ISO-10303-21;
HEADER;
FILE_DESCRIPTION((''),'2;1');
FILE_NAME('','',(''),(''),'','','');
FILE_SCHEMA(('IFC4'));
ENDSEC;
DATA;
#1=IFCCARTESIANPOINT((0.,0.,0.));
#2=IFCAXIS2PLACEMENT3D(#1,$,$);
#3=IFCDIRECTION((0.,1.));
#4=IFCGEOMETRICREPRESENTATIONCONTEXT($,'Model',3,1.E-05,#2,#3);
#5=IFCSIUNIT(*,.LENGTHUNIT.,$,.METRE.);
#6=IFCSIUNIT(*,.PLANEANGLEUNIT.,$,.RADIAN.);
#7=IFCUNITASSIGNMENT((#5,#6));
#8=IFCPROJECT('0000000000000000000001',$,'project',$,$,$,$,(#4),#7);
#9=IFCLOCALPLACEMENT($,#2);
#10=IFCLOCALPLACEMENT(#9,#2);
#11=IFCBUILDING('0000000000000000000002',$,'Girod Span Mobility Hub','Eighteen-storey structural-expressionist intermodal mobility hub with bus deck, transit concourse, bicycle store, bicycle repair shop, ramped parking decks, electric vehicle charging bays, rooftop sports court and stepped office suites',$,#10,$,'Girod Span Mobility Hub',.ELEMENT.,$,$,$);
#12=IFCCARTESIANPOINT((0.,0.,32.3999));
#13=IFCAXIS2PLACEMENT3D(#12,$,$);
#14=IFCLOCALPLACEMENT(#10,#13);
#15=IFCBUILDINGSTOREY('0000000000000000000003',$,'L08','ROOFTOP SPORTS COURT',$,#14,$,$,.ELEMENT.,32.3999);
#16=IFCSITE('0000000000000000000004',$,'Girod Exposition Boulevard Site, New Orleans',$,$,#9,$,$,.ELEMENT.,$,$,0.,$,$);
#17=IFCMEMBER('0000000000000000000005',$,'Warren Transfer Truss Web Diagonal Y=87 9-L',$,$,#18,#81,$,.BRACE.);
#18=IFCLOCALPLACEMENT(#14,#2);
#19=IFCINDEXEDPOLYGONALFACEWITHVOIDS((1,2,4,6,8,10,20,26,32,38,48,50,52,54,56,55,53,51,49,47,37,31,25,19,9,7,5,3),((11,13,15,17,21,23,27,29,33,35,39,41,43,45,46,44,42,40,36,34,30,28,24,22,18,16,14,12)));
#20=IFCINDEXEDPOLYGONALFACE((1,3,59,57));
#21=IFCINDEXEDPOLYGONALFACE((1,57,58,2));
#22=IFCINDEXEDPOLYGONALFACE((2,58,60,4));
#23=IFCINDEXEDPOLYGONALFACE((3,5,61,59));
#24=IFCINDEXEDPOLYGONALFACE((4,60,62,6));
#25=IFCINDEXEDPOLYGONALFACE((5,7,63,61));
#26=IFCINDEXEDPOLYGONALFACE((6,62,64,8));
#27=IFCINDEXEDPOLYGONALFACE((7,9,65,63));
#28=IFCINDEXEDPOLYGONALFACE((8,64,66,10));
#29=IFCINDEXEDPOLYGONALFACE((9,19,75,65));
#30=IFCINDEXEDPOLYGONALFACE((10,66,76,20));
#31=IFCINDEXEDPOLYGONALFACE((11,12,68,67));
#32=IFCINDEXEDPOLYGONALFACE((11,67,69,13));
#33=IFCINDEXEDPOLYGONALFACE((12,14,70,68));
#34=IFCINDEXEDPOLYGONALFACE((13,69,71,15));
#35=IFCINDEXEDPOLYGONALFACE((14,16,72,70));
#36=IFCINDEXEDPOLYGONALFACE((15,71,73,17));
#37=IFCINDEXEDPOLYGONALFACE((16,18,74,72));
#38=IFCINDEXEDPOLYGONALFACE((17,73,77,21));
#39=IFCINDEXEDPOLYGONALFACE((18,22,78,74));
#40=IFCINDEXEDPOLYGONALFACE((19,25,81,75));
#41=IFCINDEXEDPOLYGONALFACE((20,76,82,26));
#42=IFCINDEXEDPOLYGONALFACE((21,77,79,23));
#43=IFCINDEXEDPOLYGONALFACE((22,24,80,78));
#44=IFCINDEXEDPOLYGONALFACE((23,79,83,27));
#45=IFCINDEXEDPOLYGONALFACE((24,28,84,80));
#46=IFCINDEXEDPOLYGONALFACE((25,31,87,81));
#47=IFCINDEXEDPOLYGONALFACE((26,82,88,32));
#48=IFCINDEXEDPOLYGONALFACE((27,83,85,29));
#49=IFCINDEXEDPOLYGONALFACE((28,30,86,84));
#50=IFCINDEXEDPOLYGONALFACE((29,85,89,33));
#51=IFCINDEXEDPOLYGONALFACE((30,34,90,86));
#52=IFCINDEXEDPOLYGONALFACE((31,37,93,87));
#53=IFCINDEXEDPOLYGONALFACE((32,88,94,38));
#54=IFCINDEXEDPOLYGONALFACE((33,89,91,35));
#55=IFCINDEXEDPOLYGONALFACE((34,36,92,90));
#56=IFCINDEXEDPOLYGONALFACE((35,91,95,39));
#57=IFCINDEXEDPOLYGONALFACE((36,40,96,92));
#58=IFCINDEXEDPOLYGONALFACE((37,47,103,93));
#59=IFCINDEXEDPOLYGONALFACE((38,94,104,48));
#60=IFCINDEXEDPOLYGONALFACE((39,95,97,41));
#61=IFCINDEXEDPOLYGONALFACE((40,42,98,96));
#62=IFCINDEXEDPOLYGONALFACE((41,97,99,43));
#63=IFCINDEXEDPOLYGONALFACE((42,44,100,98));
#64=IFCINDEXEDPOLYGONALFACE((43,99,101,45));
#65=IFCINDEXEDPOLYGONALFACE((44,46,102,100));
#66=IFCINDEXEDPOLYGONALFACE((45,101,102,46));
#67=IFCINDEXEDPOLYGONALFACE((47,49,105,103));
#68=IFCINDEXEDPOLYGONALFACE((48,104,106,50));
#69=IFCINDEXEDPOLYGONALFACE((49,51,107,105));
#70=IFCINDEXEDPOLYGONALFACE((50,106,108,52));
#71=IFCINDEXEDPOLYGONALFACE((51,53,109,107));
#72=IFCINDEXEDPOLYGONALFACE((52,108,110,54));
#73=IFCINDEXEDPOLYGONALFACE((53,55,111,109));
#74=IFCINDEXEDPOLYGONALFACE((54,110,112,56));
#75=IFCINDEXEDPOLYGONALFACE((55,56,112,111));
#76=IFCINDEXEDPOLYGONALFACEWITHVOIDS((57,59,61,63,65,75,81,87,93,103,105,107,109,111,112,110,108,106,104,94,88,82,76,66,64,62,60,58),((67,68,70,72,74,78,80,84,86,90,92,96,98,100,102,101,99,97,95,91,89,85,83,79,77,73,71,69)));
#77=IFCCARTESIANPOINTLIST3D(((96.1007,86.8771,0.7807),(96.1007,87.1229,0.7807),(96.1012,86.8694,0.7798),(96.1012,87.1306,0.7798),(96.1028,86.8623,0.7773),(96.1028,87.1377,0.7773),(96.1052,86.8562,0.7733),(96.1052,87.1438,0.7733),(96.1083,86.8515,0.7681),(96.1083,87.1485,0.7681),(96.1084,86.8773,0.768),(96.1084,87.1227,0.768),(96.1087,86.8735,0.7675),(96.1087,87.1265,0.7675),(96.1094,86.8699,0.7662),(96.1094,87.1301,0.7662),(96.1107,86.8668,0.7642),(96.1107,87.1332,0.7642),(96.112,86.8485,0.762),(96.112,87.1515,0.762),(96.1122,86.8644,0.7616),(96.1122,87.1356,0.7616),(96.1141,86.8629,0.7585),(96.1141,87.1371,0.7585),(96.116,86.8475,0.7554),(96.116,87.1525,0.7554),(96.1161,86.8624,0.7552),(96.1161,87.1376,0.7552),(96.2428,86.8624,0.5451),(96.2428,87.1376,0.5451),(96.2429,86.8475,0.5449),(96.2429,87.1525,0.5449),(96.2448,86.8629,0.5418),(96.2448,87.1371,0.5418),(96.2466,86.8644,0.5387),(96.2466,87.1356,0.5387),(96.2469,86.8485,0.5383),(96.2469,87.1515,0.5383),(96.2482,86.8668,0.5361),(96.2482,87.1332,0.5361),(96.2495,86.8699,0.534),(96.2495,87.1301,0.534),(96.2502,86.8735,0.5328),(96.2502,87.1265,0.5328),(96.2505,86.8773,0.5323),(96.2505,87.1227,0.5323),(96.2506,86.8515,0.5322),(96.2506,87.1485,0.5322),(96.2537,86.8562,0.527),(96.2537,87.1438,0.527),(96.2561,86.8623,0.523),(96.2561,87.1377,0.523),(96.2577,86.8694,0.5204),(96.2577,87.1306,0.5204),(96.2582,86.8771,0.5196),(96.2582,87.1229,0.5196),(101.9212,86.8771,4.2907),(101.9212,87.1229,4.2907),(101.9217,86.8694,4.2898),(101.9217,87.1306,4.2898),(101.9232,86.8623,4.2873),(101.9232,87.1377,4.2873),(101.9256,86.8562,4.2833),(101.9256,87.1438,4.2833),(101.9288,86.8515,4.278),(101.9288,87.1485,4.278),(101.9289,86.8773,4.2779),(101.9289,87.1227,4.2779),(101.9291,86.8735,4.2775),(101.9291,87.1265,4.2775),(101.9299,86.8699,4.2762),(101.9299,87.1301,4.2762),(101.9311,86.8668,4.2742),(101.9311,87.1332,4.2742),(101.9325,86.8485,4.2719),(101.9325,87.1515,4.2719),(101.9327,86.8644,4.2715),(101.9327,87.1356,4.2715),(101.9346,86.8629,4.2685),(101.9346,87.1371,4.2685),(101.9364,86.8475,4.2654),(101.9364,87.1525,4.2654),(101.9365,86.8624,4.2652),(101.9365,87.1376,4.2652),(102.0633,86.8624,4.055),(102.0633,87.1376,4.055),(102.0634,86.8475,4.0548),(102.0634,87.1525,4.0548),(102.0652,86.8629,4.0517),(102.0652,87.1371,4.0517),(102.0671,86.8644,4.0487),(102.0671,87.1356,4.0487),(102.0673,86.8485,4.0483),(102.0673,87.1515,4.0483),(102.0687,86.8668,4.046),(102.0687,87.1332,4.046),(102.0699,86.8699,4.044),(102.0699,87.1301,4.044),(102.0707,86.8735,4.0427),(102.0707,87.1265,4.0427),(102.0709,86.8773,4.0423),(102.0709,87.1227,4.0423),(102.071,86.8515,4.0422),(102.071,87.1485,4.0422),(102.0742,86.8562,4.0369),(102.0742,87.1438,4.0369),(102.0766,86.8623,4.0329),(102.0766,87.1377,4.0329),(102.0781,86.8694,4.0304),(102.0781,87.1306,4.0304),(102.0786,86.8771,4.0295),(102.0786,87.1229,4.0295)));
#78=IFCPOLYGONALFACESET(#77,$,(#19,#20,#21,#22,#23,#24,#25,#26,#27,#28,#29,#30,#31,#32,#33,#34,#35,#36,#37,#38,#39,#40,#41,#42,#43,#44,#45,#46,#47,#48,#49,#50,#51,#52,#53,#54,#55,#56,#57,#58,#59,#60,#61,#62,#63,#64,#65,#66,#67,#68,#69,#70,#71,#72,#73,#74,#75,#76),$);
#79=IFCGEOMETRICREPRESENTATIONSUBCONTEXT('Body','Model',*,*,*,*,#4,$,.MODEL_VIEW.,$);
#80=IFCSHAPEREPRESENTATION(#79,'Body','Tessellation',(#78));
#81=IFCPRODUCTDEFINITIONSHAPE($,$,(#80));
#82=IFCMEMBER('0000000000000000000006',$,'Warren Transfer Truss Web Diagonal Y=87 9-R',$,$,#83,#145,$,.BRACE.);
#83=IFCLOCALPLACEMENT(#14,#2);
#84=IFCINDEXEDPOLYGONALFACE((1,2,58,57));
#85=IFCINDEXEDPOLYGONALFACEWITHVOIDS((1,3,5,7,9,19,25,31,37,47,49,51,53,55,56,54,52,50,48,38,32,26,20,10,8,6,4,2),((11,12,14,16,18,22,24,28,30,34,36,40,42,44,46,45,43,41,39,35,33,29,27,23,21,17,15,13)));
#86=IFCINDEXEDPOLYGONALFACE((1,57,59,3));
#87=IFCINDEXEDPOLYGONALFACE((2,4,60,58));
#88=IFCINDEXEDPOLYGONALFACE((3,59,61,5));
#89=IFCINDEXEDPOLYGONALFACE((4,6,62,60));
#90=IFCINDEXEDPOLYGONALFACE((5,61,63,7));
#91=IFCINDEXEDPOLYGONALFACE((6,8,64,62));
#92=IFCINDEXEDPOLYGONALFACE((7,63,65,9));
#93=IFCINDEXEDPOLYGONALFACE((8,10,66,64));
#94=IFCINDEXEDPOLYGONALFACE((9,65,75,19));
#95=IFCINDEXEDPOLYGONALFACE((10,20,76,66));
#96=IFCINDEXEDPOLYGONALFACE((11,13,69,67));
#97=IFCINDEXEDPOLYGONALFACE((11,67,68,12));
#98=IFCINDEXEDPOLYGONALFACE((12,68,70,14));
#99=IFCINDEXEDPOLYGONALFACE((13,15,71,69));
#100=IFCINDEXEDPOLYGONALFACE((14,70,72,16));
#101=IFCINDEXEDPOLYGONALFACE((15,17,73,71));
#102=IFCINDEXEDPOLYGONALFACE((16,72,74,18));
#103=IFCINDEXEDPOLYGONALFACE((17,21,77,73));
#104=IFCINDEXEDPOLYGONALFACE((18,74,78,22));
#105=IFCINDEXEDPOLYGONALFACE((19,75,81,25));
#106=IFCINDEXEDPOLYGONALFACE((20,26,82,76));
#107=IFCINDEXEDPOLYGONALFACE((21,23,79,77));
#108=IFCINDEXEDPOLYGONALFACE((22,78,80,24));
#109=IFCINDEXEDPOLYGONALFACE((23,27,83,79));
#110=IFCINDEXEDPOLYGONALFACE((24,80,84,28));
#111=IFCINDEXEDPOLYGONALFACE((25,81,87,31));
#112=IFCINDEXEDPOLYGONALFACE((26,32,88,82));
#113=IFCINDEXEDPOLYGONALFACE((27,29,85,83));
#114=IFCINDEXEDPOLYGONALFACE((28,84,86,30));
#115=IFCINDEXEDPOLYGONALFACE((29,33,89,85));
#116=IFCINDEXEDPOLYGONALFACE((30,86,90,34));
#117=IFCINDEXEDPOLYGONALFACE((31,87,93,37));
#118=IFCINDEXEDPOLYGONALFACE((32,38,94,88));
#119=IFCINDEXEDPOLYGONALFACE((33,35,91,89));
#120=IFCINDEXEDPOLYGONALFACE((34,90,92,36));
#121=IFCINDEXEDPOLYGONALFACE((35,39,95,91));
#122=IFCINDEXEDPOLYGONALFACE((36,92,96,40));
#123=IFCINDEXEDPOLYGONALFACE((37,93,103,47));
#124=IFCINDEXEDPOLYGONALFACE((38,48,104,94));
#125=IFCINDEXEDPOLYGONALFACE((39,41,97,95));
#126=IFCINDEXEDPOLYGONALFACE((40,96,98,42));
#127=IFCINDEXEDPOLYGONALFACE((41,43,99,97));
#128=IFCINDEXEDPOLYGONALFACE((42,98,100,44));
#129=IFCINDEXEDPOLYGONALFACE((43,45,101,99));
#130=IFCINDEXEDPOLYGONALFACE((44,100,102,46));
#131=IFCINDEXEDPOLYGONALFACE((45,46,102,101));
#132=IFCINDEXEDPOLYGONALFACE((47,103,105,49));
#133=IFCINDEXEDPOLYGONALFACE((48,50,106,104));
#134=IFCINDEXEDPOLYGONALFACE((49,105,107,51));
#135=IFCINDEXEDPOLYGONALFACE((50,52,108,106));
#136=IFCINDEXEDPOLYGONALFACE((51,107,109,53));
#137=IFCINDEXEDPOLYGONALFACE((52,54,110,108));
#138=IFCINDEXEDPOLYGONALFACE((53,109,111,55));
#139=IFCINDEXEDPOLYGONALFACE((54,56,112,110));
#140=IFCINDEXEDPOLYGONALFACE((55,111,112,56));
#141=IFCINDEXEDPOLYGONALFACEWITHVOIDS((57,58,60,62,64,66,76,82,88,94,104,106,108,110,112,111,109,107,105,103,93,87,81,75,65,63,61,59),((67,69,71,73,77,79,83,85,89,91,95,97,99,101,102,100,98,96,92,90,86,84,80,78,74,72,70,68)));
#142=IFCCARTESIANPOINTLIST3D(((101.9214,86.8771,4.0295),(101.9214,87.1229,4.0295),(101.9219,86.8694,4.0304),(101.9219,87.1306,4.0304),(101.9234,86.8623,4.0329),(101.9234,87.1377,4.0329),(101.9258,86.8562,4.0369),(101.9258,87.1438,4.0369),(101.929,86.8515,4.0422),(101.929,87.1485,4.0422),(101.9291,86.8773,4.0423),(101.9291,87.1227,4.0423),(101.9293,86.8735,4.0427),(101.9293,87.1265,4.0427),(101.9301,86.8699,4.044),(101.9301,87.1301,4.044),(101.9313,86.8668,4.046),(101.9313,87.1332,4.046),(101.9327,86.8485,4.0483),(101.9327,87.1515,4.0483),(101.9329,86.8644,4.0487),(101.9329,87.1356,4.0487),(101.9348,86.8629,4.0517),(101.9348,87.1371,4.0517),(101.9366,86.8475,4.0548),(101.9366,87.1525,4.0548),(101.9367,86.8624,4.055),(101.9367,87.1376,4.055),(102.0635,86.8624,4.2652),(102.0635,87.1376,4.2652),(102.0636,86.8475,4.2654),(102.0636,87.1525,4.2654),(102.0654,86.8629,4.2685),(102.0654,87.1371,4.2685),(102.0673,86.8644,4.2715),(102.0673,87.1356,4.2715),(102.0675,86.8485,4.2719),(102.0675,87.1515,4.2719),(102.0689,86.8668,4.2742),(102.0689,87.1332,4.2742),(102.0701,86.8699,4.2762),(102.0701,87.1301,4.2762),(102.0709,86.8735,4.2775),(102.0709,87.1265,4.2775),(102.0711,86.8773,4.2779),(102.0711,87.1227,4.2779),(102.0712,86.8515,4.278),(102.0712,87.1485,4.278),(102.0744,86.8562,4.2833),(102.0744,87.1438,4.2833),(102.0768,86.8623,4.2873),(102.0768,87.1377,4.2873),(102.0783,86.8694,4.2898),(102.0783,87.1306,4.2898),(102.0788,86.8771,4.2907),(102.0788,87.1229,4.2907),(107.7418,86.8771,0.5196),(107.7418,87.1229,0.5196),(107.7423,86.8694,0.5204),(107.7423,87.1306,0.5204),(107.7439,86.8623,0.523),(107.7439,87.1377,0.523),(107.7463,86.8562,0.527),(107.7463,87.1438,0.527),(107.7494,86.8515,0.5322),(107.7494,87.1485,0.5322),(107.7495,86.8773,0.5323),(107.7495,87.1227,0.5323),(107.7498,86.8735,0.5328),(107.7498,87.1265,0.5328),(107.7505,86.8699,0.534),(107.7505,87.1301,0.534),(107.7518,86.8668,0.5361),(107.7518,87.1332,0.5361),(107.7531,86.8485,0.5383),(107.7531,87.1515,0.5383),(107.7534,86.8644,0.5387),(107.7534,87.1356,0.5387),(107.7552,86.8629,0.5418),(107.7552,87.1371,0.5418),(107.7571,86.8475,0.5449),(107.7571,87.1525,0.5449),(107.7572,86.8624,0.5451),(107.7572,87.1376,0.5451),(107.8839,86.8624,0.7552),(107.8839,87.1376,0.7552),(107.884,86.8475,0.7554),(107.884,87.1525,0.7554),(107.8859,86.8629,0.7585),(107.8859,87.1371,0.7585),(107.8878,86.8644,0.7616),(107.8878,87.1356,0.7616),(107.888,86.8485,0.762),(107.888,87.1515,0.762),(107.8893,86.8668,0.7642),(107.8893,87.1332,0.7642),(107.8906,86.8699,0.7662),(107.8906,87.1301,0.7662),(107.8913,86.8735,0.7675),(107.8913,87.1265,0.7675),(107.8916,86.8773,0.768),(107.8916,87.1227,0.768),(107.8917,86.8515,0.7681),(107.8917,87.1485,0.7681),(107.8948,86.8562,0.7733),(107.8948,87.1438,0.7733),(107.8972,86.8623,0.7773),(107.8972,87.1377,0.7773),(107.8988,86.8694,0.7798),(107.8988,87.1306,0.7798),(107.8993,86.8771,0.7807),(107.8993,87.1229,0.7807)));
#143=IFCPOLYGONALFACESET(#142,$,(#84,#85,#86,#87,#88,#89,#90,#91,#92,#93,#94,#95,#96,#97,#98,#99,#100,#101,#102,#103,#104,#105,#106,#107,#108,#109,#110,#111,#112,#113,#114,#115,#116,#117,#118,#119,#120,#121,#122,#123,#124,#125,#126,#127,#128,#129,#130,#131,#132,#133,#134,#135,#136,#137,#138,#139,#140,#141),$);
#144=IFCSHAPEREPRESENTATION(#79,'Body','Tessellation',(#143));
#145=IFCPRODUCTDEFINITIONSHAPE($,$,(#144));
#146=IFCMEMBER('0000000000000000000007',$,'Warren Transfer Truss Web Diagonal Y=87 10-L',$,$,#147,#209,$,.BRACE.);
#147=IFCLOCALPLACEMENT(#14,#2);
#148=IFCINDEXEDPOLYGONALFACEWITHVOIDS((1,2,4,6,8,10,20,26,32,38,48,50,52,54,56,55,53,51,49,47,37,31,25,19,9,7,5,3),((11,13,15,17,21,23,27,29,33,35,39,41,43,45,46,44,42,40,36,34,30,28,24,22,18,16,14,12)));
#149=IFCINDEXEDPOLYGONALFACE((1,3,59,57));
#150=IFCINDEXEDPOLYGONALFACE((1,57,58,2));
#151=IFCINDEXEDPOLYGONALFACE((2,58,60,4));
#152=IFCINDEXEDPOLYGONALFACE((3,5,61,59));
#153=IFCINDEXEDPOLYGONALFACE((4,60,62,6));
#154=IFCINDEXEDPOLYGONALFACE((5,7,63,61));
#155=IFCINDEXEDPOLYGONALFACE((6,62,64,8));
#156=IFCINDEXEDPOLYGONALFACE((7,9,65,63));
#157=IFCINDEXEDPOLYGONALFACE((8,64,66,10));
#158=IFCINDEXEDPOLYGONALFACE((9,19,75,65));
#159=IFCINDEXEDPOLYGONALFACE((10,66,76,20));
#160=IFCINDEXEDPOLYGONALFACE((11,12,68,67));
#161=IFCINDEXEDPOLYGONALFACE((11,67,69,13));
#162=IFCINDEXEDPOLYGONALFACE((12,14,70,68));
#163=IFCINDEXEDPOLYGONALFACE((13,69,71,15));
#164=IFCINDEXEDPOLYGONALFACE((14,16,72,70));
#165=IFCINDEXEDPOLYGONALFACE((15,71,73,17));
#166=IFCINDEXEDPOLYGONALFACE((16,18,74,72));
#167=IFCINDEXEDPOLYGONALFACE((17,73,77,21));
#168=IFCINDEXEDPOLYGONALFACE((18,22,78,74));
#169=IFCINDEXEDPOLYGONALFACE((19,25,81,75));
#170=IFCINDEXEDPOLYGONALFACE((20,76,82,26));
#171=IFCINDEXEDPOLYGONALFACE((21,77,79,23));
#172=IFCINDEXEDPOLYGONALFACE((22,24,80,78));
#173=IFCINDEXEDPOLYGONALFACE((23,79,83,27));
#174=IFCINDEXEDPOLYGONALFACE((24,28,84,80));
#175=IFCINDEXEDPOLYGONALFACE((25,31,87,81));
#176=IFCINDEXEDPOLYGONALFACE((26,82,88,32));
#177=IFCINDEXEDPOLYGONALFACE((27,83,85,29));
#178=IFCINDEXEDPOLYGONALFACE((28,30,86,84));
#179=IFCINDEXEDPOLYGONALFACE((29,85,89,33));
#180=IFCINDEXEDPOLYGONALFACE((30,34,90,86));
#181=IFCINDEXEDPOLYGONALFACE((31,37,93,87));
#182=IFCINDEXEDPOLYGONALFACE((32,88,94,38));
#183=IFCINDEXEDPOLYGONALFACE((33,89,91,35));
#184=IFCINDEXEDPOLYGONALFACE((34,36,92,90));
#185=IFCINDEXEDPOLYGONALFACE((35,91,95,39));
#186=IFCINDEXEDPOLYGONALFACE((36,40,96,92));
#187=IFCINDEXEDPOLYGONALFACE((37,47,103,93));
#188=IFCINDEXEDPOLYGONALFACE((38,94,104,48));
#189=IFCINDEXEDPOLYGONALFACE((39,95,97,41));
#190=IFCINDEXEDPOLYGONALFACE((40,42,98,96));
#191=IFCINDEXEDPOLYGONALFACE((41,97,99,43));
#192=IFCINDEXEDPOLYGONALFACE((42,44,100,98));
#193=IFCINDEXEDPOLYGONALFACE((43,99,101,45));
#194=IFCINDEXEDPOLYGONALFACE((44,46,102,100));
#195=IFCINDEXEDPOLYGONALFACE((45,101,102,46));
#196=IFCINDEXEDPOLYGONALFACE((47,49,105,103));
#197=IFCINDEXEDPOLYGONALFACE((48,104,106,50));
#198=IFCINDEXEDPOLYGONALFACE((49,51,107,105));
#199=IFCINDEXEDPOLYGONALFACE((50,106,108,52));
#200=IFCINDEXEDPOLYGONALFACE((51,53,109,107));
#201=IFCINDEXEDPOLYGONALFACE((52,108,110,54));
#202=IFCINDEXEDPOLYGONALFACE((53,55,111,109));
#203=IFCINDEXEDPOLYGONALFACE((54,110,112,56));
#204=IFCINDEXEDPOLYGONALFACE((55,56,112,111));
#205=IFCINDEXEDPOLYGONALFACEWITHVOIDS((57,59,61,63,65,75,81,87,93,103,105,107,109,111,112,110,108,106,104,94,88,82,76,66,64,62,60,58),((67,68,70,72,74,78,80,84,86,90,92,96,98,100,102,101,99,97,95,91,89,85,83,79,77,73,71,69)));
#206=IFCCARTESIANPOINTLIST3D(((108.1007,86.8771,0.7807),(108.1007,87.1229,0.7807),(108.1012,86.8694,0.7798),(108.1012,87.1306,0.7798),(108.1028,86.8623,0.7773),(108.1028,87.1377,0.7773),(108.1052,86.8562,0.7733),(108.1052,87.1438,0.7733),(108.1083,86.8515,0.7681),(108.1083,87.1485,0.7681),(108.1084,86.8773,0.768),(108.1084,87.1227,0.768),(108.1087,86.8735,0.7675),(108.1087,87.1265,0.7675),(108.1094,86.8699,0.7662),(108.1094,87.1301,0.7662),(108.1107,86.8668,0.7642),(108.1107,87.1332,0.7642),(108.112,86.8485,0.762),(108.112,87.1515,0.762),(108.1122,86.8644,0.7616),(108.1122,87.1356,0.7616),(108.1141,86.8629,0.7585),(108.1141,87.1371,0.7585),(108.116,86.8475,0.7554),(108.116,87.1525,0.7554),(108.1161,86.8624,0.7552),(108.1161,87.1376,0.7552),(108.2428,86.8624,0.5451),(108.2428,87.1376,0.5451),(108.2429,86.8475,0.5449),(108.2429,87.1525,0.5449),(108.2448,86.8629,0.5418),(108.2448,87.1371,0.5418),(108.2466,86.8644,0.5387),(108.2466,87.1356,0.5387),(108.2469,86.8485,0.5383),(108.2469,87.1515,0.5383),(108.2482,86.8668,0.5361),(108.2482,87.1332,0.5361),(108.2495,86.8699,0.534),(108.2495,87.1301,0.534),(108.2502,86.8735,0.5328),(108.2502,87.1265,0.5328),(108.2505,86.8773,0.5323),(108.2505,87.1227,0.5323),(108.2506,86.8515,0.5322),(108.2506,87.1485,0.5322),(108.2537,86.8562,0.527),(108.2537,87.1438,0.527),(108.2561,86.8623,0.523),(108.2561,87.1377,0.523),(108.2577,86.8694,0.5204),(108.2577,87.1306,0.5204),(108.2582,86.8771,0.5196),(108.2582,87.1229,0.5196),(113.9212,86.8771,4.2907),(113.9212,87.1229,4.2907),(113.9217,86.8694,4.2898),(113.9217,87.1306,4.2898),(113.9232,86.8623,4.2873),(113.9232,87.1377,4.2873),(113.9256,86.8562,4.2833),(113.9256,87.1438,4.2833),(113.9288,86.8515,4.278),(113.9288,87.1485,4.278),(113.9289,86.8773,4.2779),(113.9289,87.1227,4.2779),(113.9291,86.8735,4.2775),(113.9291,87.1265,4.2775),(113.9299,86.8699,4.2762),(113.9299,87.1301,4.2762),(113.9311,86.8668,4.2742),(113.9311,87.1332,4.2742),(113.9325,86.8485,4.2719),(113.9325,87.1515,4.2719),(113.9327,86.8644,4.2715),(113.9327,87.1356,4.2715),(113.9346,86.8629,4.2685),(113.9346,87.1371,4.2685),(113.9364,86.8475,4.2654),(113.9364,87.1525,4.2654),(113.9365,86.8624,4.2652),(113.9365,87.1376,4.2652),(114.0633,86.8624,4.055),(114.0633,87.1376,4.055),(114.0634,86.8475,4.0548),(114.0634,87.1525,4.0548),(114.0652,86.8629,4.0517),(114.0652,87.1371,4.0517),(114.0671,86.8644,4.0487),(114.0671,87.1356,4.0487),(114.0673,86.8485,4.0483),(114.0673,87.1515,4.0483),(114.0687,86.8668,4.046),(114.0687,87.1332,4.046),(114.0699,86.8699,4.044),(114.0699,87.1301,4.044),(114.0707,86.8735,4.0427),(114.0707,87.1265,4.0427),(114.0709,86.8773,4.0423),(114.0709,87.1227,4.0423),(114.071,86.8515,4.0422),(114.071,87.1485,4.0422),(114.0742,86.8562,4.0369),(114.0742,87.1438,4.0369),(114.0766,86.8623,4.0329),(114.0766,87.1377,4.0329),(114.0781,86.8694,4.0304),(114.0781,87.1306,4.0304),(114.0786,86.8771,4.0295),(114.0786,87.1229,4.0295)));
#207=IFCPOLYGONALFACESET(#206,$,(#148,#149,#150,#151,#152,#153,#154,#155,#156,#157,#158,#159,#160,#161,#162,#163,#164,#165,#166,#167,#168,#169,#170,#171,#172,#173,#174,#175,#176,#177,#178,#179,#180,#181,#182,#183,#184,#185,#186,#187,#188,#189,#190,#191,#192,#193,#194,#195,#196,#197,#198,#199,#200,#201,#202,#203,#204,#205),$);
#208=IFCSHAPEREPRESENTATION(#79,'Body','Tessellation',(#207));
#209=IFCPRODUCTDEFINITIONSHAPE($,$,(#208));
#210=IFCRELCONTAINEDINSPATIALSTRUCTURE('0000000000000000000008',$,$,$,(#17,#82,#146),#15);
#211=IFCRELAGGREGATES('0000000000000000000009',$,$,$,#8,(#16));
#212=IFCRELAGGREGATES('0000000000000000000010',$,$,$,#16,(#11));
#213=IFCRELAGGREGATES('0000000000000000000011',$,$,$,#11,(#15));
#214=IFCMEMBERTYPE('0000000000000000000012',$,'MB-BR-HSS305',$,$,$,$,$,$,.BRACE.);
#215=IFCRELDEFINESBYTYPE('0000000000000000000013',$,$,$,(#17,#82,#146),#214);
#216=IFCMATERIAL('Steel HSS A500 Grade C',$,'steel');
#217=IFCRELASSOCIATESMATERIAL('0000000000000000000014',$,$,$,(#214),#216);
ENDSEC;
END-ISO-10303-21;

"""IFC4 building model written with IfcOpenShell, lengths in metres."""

from ifc_helpers import new_model, si_unit, direction, frame, origin, origin_2d, place, context, subcontext, project, spatial, hollow_rectangle, extrude, material, material_profile, profile_set, type_object, element, save


model = new_model("IFC4")

# Units and contexts
model_context = context("Model", 3, precision=1e-05, world=origin(), true_north=direction((0.0, 1.0)))
body_context = subcontext(model_context, "Body", "Model", "MODEL_VIEW")
ifc_project = project(units=[si_unit("LENGTHUNIT", "METRE"), si_unit("PLANEANGLEUNIT", "RADIAN")], contexts=[model_context])

# Site, building, storey
site_placement = place(None, origin())
site = spatial("IfcSite", under=ifc_project, at=site_placement, Name="Girod Exposition Boulevard Site, New Orleans", CompositionType="ELEMENT", RefElevation=0.0)
building_placement = place(site_placement, origin())
building = spatial("IfcBuilding", under=site, at=building_placement, Name="Girod Span Mobility Hub", Description="Eighteen-storey structural-expressionist intermodal mobility hub with bus deck, transit concourse, bicycle store, bicycle repair shop, ramped parking decks, electric vehicle charging bays, rooftop sports court and stepped office suites", LongName="Girod Span Mobility Hub", CompositionType="ELEMENT")
storey_placement = place(building_placement, frame((0.0, 0.0, 32.3999)))
storey = spatial("IfcBuildingStorey", under=building, at=storey_placement, Name="L08", Description="ROOFTOP SPORTS COURT", CompositionType="ELEMENT", Elevation=32.3999)

# Members
ifc_material_1 = material(Name="Steel HSS A500 Grade C", Category="steel")
ifc_material_profile_1 = material_profile(ifc_material_1, hollow_rectangle(XDim=0.3049, YDim=0.3049, WallThickness=0.0149, InnerFilletRadius=0.0149, OuterFilletRadius=0.0295, at=origin_2d()), Name="HSS305X305X16")
ifc_profile_set_1 = profile_set([ifc_material_profile_1], Name="Steel HSS A500 Grade C")
member_type_1 = type_object("IfcMemberType", Name="MB-BR-HSS305", PredefinedType="BRACE", material=ifc_profile_set_1)
for number, where, z_axis, x_axis, name in (
    (1, (96.1794, 87.0, 0.6501), (0.856344, 0.0, 0.516407), (0.0, 1.0, 0.0), "Warren Transfer Truss Web Diagonal Y=87 9-L"),
    (2, (107.8206, 87.0, 0.6501), (-0.856344, 0.0, 0.516407), (0.0, -1.0, 0.0), "Warren Transfer Truss Web Diagonal Y=87 9-R"),
    (3, (108.1794, 87.0, 0.6501), (0.856344, 0.0, 0.516407), (0.0, 1.0, 0.0), "Warren Transfer Truss Web Diagonal Y=87 10-L"),
):
    element("IfcMember", number, at=place(storey_placement, frame(where, z_axis=z_axis, x_axis=x_axis)), inside=storey, type_object=member_type_1, Name=name, PredefinedType="BRACE", context=body_context, shape_type="SweptSolid", body=[
        extrude(hollow_rectangle(XDim=0.3049, YDim=0.3049, WallThickness=0.0149, InnerFilletRadius=0.0149, OuterFilletRadius=0.0295, at=origin_2d()), origin(), (0.0, 0.0, 1.0), 6.7969),
    ])

save(model, "model.ifc")
